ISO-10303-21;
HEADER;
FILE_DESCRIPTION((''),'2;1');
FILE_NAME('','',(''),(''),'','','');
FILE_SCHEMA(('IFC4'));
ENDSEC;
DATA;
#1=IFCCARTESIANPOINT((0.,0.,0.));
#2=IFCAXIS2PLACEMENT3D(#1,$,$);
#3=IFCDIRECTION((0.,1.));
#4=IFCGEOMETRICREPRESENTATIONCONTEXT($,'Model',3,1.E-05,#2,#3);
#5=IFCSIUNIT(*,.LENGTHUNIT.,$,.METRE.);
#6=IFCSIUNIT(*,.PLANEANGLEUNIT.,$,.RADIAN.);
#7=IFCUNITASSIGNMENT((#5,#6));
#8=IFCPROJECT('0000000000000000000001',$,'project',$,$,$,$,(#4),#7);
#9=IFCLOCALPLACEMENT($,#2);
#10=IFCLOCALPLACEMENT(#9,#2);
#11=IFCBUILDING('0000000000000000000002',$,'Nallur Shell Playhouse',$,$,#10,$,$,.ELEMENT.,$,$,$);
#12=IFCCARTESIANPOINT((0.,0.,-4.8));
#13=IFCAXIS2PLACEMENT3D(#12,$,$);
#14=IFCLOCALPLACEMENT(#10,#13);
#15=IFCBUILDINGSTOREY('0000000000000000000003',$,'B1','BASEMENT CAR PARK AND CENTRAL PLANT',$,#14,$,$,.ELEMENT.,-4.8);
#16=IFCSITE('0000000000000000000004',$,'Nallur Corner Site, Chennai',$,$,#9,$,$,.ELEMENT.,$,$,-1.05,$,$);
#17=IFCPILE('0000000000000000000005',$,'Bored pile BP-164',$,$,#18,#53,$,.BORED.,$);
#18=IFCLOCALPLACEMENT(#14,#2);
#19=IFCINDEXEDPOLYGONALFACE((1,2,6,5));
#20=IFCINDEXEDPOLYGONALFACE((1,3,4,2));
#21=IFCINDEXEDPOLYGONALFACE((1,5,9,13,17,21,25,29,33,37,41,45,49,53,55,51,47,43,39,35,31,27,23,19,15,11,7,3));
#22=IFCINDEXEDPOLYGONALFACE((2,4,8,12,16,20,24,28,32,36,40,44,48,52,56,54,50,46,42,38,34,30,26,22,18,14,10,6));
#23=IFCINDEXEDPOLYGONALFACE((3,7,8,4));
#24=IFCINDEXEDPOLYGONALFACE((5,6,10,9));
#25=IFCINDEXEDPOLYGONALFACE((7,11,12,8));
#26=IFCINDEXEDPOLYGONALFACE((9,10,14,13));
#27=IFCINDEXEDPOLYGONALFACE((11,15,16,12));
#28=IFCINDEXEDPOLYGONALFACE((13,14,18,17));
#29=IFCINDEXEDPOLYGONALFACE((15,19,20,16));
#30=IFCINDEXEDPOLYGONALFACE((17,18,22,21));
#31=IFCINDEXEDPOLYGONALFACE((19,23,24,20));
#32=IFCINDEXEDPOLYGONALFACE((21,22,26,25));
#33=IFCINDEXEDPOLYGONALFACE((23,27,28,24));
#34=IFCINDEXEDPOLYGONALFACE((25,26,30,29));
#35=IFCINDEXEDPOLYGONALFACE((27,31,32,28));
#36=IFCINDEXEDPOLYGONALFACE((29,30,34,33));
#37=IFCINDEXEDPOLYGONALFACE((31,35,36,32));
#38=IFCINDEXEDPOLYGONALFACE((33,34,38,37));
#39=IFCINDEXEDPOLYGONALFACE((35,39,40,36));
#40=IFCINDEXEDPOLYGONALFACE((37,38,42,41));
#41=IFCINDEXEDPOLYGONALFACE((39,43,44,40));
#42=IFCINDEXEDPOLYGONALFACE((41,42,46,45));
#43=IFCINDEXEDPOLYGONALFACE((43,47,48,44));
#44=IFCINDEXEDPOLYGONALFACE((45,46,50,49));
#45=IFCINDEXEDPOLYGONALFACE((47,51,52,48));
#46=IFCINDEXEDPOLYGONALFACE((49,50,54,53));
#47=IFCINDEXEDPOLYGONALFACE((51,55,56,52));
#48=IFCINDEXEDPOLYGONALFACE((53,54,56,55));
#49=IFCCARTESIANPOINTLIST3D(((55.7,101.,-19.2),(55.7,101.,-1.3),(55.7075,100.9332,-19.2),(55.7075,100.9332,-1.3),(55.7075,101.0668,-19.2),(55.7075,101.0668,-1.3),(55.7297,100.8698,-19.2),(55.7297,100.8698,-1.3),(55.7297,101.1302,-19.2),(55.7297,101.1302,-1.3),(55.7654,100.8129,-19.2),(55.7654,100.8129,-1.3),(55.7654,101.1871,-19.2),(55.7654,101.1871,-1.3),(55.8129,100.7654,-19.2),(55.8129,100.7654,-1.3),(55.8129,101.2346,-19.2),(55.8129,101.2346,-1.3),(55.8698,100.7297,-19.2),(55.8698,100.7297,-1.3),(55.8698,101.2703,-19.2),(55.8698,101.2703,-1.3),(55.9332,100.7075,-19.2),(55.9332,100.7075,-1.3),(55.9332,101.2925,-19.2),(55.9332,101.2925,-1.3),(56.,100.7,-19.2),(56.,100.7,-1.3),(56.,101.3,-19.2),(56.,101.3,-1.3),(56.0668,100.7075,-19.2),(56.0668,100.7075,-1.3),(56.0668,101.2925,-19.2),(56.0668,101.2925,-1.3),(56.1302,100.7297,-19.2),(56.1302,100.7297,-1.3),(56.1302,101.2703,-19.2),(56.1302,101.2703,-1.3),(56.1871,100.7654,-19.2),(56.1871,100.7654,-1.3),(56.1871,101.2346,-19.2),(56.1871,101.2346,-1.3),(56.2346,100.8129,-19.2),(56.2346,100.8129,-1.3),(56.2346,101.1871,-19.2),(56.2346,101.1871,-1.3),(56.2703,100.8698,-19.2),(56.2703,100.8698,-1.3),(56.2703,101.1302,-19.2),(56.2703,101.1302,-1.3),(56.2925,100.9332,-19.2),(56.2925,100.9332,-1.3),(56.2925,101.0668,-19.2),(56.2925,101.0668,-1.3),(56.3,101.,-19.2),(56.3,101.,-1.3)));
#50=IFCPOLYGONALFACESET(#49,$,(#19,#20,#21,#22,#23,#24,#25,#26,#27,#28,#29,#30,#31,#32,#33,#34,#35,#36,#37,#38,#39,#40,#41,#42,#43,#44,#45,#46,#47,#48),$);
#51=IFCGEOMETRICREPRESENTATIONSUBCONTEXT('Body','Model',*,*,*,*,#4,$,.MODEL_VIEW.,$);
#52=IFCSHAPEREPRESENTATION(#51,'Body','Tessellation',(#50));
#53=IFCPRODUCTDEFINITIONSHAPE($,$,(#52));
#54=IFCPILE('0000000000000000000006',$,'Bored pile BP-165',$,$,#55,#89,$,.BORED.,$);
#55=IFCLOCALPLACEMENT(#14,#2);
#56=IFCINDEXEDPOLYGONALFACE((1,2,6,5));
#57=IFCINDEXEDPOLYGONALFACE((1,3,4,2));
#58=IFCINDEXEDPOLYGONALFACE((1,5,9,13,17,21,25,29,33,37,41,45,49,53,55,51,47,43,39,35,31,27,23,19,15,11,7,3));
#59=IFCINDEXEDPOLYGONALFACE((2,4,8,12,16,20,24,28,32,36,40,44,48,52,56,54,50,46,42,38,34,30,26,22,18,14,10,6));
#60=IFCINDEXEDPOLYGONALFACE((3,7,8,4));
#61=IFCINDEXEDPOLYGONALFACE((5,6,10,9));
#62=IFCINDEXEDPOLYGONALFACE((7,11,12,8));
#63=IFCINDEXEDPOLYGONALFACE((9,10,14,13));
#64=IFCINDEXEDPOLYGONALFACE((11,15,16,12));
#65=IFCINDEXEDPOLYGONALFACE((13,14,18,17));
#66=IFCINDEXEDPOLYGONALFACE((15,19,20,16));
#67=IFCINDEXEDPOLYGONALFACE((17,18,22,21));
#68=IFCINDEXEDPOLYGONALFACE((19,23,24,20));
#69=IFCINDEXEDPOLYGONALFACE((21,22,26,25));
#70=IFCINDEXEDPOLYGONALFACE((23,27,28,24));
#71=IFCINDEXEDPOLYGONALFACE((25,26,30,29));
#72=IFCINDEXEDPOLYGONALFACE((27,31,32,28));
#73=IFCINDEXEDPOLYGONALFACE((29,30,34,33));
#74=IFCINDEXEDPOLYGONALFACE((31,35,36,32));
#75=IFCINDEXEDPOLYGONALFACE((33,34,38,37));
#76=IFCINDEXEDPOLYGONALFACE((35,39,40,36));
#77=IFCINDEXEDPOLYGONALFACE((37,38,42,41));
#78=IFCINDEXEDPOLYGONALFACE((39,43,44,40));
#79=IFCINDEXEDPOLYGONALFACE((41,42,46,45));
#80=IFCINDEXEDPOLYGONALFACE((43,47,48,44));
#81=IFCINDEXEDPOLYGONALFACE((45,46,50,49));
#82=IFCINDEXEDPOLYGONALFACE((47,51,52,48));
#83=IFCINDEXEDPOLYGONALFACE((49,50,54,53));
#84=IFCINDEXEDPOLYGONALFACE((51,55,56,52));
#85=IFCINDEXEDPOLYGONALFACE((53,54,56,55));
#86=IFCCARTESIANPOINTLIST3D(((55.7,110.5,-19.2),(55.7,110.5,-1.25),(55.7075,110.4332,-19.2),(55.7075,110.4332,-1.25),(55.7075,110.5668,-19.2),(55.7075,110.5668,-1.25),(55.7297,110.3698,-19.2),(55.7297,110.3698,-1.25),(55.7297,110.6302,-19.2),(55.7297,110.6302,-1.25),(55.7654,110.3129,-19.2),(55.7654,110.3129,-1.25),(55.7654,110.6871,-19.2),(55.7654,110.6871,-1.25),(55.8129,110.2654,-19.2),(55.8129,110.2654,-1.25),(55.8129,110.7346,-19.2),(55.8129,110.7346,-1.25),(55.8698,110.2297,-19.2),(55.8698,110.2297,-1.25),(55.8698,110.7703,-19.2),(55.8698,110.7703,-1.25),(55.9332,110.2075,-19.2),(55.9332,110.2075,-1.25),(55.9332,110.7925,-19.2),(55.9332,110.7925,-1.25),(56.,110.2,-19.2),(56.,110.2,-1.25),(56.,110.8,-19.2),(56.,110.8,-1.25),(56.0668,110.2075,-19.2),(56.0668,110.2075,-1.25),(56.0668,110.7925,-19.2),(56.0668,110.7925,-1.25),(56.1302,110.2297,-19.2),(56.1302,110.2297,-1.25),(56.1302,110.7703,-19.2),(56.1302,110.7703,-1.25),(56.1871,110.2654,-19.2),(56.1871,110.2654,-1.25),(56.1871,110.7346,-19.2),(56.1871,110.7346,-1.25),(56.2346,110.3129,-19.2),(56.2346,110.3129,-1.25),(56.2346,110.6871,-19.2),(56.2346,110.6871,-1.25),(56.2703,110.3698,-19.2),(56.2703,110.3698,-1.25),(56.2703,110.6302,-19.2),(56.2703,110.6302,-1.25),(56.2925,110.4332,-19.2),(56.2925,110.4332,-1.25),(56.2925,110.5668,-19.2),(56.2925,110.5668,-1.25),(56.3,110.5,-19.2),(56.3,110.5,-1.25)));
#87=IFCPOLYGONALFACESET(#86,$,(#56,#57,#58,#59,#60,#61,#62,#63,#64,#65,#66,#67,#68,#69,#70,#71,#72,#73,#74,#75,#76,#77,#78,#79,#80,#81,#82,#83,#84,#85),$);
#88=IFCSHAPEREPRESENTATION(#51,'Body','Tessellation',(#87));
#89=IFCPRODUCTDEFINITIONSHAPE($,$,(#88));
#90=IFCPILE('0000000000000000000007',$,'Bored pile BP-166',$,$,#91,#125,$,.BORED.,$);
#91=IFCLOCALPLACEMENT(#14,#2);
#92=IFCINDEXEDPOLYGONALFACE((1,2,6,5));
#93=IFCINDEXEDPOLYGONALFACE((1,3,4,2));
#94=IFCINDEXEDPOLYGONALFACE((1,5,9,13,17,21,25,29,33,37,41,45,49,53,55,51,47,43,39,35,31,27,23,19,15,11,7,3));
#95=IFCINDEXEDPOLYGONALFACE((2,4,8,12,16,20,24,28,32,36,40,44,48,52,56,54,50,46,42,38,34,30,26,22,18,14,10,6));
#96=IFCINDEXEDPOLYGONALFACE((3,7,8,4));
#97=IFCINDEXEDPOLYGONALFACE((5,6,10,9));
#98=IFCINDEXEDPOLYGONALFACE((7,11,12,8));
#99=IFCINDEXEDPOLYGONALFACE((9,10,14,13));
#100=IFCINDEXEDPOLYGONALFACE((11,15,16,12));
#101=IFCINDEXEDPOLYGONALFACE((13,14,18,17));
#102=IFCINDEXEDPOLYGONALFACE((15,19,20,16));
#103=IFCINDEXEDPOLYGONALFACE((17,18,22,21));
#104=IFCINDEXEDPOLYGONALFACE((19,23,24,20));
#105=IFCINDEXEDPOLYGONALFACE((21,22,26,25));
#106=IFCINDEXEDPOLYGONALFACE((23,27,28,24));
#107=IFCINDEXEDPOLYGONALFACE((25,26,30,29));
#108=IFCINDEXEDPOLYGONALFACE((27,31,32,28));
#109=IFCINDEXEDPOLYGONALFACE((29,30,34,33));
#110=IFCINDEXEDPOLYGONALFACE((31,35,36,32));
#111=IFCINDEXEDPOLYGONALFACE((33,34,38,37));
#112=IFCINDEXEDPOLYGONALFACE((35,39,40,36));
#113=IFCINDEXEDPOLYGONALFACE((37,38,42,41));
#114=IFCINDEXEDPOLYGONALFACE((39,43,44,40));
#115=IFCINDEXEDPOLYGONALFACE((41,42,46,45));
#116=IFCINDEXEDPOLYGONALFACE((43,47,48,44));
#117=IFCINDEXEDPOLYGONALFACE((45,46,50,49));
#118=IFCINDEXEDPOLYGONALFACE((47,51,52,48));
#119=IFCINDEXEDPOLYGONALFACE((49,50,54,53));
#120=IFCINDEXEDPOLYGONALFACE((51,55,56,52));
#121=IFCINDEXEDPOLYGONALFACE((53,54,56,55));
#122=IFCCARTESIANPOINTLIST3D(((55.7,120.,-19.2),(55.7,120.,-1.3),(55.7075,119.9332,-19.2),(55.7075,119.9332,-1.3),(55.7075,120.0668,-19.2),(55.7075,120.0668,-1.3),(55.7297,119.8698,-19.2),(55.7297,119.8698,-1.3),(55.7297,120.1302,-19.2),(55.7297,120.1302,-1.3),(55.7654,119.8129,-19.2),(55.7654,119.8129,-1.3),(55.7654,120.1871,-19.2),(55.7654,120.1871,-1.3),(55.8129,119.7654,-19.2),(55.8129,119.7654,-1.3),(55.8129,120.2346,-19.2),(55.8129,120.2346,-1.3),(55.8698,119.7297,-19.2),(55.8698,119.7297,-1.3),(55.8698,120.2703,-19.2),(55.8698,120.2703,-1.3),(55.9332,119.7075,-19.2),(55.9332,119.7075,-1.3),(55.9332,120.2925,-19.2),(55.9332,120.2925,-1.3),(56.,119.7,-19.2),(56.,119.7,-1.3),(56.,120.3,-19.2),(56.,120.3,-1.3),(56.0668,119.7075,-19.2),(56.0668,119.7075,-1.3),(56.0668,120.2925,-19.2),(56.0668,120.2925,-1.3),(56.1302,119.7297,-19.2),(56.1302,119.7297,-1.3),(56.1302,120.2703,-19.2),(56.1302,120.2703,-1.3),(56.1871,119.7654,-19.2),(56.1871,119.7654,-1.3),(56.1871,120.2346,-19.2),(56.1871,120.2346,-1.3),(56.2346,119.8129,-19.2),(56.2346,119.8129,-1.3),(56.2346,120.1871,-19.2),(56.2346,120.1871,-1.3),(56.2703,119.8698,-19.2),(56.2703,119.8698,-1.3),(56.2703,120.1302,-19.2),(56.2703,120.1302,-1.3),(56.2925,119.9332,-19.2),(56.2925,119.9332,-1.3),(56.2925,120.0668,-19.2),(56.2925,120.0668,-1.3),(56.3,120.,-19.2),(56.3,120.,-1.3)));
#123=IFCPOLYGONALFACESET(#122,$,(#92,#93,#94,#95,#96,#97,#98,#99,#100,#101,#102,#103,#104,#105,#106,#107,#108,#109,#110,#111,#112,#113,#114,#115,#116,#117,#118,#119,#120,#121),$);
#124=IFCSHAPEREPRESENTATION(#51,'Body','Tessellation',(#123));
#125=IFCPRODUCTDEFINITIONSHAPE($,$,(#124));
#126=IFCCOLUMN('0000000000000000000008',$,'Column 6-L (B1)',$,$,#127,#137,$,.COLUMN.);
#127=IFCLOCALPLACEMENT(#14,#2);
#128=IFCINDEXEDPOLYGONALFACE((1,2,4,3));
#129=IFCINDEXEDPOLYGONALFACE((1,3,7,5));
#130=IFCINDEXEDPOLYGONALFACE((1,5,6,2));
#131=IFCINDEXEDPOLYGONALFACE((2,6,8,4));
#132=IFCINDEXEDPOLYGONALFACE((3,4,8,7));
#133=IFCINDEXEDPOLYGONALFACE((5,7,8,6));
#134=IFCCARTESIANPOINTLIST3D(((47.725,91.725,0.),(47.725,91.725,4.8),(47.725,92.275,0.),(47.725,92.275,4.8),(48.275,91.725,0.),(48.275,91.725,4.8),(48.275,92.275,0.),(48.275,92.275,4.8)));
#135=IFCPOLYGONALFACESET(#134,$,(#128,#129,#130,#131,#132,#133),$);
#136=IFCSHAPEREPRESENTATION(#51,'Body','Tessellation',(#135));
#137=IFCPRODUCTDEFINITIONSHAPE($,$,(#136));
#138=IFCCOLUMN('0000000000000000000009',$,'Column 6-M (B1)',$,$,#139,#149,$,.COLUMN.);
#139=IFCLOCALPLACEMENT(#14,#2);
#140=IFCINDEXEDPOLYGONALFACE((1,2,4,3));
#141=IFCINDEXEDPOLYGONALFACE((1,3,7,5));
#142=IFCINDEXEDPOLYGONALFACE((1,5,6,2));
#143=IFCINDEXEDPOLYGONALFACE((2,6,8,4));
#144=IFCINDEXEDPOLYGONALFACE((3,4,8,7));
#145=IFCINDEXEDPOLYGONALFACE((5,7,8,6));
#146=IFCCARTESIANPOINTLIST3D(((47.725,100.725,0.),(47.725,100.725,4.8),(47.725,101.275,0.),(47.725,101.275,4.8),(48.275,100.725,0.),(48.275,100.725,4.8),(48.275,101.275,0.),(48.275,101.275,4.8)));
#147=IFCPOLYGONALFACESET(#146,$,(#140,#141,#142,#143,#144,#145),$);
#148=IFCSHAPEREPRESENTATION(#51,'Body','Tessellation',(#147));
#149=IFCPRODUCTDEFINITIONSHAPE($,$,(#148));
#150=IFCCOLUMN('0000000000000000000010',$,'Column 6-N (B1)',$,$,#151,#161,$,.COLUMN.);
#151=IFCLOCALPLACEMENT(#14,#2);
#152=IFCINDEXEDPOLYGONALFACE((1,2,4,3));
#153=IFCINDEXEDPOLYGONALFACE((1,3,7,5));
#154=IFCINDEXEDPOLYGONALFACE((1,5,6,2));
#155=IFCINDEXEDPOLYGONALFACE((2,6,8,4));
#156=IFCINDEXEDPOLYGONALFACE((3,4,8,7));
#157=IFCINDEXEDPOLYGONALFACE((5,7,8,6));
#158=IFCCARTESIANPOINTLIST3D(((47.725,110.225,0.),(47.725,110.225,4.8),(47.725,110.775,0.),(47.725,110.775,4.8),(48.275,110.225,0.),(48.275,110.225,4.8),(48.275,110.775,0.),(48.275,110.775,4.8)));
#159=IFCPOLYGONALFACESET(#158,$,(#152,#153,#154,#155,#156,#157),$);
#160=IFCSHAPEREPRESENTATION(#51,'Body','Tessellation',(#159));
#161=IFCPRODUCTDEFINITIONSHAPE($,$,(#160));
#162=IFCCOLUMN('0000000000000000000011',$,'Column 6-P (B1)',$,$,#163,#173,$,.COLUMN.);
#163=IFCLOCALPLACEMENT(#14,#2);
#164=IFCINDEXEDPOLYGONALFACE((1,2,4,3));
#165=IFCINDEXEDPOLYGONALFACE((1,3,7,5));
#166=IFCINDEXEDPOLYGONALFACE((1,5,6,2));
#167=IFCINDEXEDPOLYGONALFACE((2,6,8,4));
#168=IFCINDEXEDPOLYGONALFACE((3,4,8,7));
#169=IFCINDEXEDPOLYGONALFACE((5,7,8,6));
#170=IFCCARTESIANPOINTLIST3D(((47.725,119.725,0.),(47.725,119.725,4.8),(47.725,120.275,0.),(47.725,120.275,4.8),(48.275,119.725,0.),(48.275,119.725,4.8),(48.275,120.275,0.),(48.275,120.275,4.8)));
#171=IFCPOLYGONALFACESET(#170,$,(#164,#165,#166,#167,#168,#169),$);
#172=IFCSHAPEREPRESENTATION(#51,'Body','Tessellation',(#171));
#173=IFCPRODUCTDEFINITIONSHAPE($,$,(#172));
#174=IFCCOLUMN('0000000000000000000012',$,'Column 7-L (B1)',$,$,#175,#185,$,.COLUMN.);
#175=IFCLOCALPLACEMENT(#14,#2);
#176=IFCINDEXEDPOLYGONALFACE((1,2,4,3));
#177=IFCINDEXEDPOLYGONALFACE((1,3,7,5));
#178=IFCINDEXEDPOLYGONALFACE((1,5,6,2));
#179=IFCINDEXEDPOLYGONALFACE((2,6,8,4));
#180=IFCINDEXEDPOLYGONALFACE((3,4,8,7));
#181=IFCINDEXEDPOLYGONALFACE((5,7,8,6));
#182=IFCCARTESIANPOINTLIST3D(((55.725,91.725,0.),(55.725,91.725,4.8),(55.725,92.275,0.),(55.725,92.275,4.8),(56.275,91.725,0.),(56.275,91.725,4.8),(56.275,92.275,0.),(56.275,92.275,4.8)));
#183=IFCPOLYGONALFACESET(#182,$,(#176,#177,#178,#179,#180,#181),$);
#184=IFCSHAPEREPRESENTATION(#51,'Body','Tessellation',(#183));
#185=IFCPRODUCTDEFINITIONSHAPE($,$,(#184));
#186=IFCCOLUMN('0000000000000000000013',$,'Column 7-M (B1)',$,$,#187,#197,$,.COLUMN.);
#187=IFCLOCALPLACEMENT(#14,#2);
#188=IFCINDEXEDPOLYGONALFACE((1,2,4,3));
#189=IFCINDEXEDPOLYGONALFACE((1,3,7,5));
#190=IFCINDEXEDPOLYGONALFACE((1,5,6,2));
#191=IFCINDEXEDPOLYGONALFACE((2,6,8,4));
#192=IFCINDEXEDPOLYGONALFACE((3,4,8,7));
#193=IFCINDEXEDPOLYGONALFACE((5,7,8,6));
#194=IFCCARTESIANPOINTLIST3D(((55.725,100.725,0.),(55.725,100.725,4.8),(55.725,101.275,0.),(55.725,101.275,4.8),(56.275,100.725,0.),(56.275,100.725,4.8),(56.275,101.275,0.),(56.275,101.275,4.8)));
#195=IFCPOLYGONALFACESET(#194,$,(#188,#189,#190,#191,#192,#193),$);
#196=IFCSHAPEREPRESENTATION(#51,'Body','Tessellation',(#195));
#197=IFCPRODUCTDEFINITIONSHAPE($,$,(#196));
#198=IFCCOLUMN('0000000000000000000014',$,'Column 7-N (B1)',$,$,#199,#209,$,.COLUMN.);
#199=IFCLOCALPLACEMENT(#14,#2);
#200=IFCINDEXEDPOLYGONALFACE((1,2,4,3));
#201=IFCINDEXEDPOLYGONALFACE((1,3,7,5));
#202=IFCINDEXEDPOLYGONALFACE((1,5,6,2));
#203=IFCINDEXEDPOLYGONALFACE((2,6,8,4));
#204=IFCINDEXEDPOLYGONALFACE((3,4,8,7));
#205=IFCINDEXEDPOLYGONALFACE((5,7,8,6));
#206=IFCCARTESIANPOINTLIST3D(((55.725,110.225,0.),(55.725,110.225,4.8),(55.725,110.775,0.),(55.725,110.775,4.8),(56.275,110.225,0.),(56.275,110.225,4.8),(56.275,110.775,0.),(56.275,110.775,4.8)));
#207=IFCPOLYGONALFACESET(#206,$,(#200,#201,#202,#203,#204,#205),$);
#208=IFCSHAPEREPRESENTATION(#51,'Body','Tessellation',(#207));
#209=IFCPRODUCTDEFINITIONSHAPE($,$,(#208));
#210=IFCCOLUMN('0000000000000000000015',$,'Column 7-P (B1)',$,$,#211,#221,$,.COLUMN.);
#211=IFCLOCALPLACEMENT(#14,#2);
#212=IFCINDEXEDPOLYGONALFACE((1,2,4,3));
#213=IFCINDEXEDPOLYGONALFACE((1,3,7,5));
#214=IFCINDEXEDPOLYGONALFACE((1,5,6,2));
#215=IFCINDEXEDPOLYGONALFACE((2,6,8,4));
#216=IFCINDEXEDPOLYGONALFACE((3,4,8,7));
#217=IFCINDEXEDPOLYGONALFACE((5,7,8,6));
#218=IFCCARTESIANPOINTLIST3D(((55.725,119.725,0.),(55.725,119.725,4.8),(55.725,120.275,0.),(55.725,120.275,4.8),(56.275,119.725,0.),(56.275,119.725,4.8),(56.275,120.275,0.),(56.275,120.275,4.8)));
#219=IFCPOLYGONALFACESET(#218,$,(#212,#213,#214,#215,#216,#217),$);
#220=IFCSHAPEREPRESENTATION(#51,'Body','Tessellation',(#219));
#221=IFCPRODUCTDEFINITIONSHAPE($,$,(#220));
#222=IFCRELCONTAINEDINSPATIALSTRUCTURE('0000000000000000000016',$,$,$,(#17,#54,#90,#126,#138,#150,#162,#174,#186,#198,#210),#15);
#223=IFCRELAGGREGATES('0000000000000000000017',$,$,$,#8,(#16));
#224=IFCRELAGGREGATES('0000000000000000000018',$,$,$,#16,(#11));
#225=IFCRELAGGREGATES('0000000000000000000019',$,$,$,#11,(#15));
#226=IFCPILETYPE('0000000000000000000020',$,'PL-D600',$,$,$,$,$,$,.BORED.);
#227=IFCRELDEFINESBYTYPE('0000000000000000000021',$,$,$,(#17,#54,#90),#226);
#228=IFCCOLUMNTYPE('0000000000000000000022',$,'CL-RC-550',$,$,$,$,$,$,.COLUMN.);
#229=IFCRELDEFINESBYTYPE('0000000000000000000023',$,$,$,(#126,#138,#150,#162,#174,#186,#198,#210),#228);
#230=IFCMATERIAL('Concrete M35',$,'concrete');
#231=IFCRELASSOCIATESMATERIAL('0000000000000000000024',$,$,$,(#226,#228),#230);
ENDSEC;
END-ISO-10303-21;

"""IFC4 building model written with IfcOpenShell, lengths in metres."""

from ifc_helpers import new_model, si_unit, direction, frame, origin, origin_2d, place, context, subcontext, project, spatial, rectangle, circle, extrude, material, material_profile, profile_set, type_object, element, save


model = new_model("IFC4")

# Units and contexts
model_context = context("Model", 3, precision=1e-05, world=origin(), true_north=direction((0.0, 1.0)))
body_context = subcontext(model_context, "Body", "Model", "MODEL_VIEW")
ifc_project = project(units=[si_unit("LENGTHUNIT", "METRE"), si_unit("PLANEANGLEUNIT", "RADIAN")], contexts=[model_context])

# Site, building, storey
site_placement = place(None, origin())
site = spatial("IfcSite", under=ifc_project, at=site_placement, Name="Nallur Corner Site, Chennai", CompositionType="ELEMENT", RefElevation=-1.05)
building_placement = place(site_placement, origin())
building = spatial("IfcBuilding", under=site, at=building_placement, Name="Nallur Shell Playhouse", CompositionType="ELEMENT")
storey_placement = place(building_placement, frame((0.0, 0.0, -4.8)))
storey = spatial("IfcBuildingStorey", under=building, at=storey_placement, Name="B1", Description="BASEMENT CAR PARK AND CENTRAL PLANT", CompositionType="ELEMENT", Elevation=-4.8)

# Shared definitions
ifc_material = material(Name="Concrete M35", Category="concrete")

# Piles
ifc_material_profile_1 = material_profile(ifc_material, circle(Radius=0.3, at=origin_2d()), Name="BORED PILE D600")
ifc_profile_set_1 = profile_set([ifc_material_profile_1], Name="Concrete M35")
pile_type = type_object("IfcPileType", Name="PL-D600", PredefinedType="BORED", material=ifc_profile_set_1)
pile_1_placement = place(storey_placement, frame((56.0, 101.0, -1.3), z_axis=(0.0, 0.0, -1.0), x_axis=(1.0, 0.0, 0.0)))
element("IfcPile", 1, at=pile_1_placement, inside=storey, type_object=pile_type, Name="Bored pile BP-164", PredefinedType="BORED", context=body_context, shape_type="SweptSolid", body=[
    extrude(circle(Radius=0.3, at=origin_2d()), origin(), (0.0, 0.0, 1.0), 17.8999),
])
pile_2_placement = place(storey_placement, frame((56.0, 110.5, -1.25), z_axis=(0.0, 0.0, -1.0), x_axis=(1.0, 0.0, 0.0)))
element("IfcPile", 2, at=pile_2_placement, inside=storey, type_object=pile_type, Name="Bored pile BP-165", PredefinedType="BORED", context=body_context, shape_type="SweptSolid", body=[
    extrude(circle(Radius=0.3, at=origin_2d()), origin(), (0.0, 0.0, 1.0), 17.95),
])
pile_3_placement = place(storey_placement, frame((56.0, 120.0, -1.3), z_axis=(0.0, 0.0, -1.0), x_axis=(1.0, 0.0, 0.0)))
element("IfcPile", 3, at=pile_3_placement, inside=storey, type_object=pile_type, Name="Bored pile BP-166", PredefinedType="BORED", context=body_context, shape_type="SweptSolid", body=[
    extrude(circle(Radius=0.3, at=origin_2d()), origin(), (0.0, 0.0, 1.0), 17.8999),
])

# Columns
ifc_material_profile_2 = material_profile(ifc_material, rectangle(XDim=0.55, YDim=0.55, at=origin_2d()), Name="RC 550x550")
ifc_profile_set_2 = profile_set([ifc_material_profile_2], Name="Concrete M35")
column_type = type_object("IfcColumnType", Name="CL-RC-550", PredefinedType="COLUMN", material=ifc_profile_set_2)
for number, where, z_axis, x_axis, name in (
    (4, (48.0, 92.0, 0.0), (0.0, 0.0, 1.0), (1.0, 0.0, 0.0), "Column 6-L (B1)"),
    (5, (48.0, 101.0, 0.0), (0.0, 0.0, 1.0), (1.0, 0.0, 0.0), "Column 6-M (B1)"),
    (6, (48.0, 110.5, 0.0), (0.0, 0.0, 1.0), (1.0, 0.0, 0.0), "Column 6-N (B1)"),
    (7, (48.0, 120.0, 0.0), (0.0, 0.0, 1.0), (1.0, 0.0, 0.0), "Column 6-P (B1)"),
    (8, (56.0, 92.0, 0.0), (0.0, 0.0, 1.0), (1.0, 0.0, 0.0), "Column 7-L (B1)"),
    (9, (56.0, 101.0, 0.0), (0.0, 0.0, 1.0), (1.0, 0.0, 0.0), "Column 7-M (B1)"),
    (10, (56.0, 110.5, 0.0), (0.0, 0.0, 1.0), (1.0, 0.0, 0.0), "Column 7-N (B1)"),
    (11, (56.0, 120.0, 0.0), (0.0, 0.0, 1.0), (1.0, 0.0, 0.0), "Column 7-P (B1)"),
):
    element("IfcColumn", number, at=place(storey_placement, frame(where, z_axis=z_axis, x_axis=x_axis)), inside=storey, type_object=column_type, Name=name, PredefinedType="COLUMN", context=body_context, shape_type="SweptSolid", body=[
        extrude(rectangle(XDim=0.55, YDim=0.55, at=origin_2d()), origin(), (0.0, 0.0, 1.0), 4.8),
    ])

save(model, "model.ifc")
